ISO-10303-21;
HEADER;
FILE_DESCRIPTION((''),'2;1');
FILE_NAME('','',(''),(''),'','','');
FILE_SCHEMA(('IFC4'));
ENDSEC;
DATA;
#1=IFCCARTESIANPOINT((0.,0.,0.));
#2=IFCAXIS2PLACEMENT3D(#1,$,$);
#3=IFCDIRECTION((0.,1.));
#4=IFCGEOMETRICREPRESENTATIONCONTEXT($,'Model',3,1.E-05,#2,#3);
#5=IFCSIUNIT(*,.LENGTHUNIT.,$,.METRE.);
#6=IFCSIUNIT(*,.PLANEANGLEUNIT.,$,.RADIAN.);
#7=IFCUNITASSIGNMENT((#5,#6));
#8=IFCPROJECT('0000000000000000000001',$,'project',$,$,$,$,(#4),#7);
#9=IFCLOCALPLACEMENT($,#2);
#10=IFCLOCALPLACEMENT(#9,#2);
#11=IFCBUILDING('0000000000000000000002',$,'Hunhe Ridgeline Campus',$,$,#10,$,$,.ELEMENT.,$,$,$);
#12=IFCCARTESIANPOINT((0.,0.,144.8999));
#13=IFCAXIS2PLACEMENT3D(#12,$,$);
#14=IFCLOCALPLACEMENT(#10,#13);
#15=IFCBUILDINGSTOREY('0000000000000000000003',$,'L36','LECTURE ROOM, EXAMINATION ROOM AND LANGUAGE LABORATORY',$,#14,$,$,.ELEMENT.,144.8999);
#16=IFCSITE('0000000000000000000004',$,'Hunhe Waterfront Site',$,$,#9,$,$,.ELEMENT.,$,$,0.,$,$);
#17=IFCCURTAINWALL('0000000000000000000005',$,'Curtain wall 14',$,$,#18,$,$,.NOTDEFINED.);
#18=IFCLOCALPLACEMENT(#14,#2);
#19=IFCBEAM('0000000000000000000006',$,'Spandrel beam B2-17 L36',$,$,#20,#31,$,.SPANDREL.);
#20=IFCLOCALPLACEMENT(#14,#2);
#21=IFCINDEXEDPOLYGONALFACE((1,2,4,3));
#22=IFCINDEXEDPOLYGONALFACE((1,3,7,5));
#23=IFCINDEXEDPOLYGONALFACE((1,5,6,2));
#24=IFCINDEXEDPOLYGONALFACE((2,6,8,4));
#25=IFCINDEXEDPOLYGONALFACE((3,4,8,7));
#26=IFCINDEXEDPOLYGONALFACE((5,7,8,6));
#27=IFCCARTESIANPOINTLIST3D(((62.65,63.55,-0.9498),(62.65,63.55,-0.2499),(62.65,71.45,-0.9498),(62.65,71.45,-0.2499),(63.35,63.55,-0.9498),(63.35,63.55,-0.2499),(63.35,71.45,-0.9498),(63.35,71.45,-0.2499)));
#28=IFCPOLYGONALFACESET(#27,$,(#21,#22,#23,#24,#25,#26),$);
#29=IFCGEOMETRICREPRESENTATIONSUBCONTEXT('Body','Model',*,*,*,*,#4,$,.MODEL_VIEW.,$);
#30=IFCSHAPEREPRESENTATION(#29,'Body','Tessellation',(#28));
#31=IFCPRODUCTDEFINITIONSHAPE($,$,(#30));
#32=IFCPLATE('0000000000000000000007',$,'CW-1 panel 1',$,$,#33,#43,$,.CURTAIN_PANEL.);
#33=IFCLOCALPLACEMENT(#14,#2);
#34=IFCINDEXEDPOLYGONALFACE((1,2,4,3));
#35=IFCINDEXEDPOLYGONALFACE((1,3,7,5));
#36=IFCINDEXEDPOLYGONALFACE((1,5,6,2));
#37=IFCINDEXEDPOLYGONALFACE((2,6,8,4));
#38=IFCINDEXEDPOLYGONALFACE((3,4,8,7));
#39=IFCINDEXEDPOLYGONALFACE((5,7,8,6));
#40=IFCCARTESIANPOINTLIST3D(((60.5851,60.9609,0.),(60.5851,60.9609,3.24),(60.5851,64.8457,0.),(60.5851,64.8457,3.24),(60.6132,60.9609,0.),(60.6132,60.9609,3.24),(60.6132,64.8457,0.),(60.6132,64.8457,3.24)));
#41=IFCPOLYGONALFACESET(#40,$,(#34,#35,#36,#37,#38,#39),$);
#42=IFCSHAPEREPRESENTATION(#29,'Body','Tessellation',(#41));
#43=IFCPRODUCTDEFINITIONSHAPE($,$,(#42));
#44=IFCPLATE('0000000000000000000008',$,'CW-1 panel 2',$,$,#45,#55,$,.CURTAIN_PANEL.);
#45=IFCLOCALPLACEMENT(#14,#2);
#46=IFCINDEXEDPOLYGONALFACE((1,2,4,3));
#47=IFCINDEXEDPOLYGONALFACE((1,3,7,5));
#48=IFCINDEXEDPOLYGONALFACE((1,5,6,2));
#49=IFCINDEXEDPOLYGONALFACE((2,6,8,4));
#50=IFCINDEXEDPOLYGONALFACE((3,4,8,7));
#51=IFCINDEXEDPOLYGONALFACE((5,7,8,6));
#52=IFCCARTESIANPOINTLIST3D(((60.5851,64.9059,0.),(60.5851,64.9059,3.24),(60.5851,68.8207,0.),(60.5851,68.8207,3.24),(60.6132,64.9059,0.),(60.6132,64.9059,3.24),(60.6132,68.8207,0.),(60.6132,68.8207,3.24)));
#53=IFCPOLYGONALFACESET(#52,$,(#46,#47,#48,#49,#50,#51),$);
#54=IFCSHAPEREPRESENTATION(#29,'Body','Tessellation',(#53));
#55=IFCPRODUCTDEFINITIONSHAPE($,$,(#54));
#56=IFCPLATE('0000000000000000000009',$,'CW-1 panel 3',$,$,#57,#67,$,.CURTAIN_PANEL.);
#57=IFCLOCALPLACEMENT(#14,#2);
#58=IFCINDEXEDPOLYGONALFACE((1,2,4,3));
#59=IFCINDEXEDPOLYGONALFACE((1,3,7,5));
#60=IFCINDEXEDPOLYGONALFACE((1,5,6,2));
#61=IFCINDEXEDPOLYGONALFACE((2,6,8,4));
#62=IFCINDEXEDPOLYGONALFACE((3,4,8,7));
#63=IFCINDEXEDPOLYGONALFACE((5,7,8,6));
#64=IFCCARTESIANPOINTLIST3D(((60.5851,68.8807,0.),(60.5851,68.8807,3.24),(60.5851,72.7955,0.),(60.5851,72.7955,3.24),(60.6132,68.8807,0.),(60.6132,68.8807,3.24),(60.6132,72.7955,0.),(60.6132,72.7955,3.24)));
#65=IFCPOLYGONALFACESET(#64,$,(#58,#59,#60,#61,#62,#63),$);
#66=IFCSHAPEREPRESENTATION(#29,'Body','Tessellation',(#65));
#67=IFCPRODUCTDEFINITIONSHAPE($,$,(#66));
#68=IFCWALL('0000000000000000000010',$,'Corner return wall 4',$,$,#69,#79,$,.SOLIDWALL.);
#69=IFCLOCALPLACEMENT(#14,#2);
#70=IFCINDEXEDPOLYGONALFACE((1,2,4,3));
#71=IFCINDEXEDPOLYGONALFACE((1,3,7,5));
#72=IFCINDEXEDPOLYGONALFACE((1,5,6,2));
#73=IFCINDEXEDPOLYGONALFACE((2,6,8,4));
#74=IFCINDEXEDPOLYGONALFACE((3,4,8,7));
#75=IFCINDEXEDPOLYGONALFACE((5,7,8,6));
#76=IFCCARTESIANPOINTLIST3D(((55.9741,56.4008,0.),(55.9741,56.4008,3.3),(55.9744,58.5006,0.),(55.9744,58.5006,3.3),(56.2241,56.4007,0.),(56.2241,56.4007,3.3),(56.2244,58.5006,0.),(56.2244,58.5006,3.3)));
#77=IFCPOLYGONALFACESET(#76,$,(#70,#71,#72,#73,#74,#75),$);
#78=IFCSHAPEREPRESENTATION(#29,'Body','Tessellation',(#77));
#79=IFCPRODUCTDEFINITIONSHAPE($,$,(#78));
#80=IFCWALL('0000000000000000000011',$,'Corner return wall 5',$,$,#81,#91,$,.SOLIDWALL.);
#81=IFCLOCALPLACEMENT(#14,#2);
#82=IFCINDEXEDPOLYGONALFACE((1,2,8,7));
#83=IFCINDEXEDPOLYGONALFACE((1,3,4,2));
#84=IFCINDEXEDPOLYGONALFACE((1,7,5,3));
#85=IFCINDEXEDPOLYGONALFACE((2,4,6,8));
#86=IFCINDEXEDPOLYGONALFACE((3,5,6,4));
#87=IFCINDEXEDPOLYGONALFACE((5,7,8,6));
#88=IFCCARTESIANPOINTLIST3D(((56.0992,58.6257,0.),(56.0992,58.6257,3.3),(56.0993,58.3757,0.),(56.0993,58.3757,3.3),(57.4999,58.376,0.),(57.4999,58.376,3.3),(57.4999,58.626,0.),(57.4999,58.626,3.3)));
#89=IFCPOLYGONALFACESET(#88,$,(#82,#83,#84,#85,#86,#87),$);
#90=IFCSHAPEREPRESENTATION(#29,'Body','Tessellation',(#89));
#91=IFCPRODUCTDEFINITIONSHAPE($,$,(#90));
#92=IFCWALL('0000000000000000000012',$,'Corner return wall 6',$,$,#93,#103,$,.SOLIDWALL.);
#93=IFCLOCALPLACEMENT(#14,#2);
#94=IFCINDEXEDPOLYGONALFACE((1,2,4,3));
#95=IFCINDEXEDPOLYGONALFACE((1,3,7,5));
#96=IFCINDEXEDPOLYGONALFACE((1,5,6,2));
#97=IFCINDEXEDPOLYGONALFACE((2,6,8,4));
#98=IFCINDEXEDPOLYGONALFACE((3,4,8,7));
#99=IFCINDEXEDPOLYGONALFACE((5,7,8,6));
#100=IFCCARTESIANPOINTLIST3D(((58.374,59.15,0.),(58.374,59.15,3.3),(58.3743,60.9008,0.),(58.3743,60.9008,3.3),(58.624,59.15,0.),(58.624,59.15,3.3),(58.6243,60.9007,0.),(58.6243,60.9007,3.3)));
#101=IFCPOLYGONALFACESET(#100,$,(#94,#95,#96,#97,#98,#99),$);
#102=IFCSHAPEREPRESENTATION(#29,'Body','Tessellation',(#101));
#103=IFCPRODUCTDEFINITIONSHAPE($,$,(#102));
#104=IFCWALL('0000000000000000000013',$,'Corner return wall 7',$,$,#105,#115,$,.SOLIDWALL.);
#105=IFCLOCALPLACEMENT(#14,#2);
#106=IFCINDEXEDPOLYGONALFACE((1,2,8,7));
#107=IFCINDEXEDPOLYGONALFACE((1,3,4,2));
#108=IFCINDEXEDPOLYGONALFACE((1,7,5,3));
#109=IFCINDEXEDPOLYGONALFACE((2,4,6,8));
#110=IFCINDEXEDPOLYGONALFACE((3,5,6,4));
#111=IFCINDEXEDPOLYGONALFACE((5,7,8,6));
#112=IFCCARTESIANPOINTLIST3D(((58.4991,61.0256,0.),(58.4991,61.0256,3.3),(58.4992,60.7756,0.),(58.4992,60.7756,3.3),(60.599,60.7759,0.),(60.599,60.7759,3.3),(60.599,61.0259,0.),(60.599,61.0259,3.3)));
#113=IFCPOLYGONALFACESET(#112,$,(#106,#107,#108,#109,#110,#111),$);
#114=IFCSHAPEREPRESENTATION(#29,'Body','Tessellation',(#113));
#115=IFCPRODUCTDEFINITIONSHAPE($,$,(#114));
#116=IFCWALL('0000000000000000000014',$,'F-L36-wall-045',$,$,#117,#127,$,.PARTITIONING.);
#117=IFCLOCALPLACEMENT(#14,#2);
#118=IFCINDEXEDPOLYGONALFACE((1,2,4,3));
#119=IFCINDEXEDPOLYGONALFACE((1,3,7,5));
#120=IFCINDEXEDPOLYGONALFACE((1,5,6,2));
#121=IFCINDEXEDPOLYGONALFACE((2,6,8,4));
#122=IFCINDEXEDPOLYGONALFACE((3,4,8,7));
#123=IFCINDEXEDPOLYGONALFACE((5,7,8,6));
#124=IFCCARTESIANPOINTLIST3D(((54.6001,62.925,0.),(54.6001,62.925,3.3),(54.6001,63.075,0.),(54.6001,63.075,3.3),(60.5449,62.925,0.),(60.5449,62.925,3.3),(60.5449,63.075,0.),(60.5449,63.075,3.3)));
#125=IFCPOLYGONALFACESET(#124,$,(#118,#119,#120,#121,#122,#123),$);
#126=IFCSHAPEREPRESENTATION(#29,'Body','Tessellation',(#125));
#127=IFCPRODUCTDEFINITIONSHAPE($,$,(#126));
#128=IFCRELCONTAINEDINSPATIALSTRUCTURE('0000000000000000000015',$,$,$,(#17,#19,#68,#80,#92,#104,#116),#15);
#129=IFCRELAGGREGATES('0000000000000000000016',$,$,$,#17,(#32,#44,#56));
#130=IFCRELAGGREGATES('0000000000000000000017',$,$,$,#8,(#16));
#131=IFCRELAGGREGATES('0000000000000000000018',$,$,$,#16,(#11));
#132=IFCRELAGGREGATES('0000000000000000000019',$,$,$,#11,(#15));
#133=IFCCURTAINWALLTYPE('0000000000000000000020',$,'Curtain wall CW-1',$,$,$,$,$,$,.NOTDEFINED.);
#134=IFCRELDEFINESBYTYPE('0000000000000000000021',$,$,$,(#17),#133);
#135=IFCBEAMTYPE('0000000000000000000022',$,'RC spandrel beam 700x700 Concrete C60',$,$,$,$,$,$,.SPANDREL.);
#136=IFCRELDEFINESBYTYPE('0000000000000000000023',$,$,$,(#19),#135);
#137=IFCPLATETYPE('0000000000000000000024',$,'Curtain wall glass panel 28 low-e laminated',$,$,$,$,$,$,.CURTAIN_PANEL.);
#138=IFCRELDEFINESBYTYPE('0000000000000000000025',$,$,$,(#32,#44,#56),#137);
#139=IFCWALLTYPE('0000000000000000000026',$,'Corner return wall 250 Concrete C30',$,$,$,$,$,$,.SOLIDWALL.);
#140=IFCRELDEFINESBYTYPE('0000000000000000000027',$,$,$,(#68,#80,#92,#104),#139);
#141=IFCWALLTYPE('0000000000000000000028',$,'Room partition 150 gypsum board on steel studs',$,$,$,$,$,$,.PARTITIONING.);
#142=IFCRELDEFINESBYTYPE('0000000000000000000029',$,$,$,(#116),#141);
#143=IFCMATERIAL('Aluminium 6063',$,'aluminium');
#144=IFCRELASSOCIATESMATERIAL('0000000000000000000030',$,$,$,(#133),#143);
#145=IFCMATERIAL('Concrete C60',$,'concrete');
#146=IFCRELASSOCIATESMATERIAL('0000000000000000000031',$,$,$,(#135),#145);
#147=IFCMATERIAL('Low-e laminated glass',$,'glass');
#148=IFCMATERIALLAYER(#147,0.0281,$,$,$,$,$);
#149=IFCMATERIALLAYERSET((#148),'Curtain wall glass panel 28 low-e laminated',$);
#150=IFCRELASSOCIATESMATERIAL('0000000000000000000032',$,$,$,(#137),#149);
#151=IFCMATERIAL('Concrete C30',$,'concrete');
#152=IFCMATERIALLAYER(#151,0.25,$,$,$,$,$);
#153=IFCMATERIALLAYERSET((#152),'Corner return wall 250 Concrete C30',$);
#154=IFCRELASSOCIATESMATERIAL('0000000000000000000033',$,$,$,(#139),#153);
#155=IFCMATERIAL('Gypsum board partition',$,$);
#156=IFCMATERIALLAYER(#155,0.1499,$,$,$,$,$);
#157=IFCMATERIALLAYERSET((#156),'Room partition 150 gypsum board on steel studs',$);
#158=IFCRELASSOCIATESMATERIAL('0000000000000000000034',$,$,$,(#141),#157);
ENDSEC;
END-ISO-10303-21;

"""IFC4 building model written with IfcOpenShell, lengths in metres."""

from ifc_helpers import new_model, si_unit, direction, frame, frame_2d, origin, origin_2d, place, context, subcontext, project, spatial, rectangle, extrude, material, layer, layer_set, material_profile, profile_set, type_object, element, aggregate, save


model = new_model("IFC4")

# Units and contexts
model_context = context("Model", 3, precision=1e-05, world=origin(), true_north=direction((0.0, 1.0)))
body_context = subcontext(model_context, "Body", "Model", "MODEL_VIEW")
ifc_project = project(units=[si_unit("LENGTHUNIT", "METRE"), si_unit("PLANEANGLEUNIT", "RADIAN")], contexts=[model_context])

# Site, building, storey
site_placement = place(None, origin())
site = spatial("IfcSite", under=ifc_project, at=site_placement, Name="Hunhe Waterfront Site", CompositionType="ELEMENT", RefElevation=0.0)
building_placement = place(site_placement, origin())
building = spatial("IfcBuilding", under=site, at=building_placement, Name="Hunhe Ridgeline Campus", CompositionType="ELEMENT")
storey_placement = place(building_placement, frame((0.0, 0.0, 144.8999)))
storey = spatial("IfcBuildingStorey", under=building, at=storey_placement, Name="L36", Description="LECTURE ROOM, EXAMINATION ROOM AND LANGUAGE LABORATORY", CompositionType="ELEMENT", Elevation=144.8999)

# Shared definitions
ifc_material_1 = material(Name="Aluminium 6063", Category="aluminium")
curtain_wall_type = type_object("IfcCurtainWallType", Name="Curtain wall CW-1", PredefinedType="NOTDEFINED", material=ifc_material_1)

# Curtain wall
curtain_wall_1_placement = place(storey_placement, origin())
curtain_wall_1 = element("IfcCurtainWall", 1, at=curtain_wall_1_placement, inside=storey, type_object=curtain_wall_type, Name="Curtain wall 14", PredefinedType="NOTDEFINED")

# Beam
ifc_material_2 = material(Name="Concrete C60", Category="concrete")
ifc_material_profile_1 = material_profile(ifc_material_2, rectangle(XDim=0.7, YDim=0.7, at=origin_2d()))
ifc_profile_set_1 = profile_set([ifc_material_profile_1], Name="Concrete C60")
beam_type = type_object("IfcBeamType", Name="RC spandrel beam 700x700 Concrete C60", PredefinedType="SPANDREL", material=ifc_profile_set_1)
beam_1_placement = place(storey_placement, frame((63.0, 63.55, -0.5999), z_axis=(0.0, 1.0, 0.0), x_axis=(-1.0, 0.0, 0.0)))
element("IfcBeam", 2, at=beam_1_placement, inside=storey, type_object=beam_type, Name="Spandrel beam B2-17 L36", PredefinedType="SPANDREL", context=body_context, shape_type="SweptSolid", body=[
    extrude(rectangle(XDim=0.7, YDim=0.7, at=origin_2d()), origin(), (0.0, 0.0, 1.0), 7.8999),
])

# Plates
ifc_material_3 = material(Name="Low-e laminated glass", Category="glass")
ifc_layer_1 = layer(ifc_material_3, 0.0281)
ifc_layer_set_1 = layer_set([ifc_layer_1], Name="Curtain wall glass panel 28 low-e laminated")
plate_type = type_object("IfcPlateType", Name="Curtain wall glass panel 28 low-e laminated", PredefinedType="CURTAIN_PANEL", material=ifc_layer_set_1)
plate_1_placement = place(storey_placement, frame((60.5991, 62.9033, 0.0), z_axis=(0.0, 0.0, 1.0), x_axis=(0.0, 1.0, 0.0)))
plate_1 = element("IfcPlate", 3, at=plate_1_placement, type_object=plate_type, Name="CW-1 panel 1", PredefinedType="CURTAIN_PANEL", context=body_context, shape_type="SweptSolid", body=[
    extrude(rectangle(XDim=3.8848, YDim=0.0281, at=origin_2d()), origin(), (0.0, 0.0, 1.0), 3.24),
])
plate_2_placement = place(storey_placement, frame((60.5991, 66.8633, 0.0), z_axis=(0.0, 0.0, 1.0), x_axis=(0.0, 1.0, 0.0)))
plate_2 = element("IfcPlate", 4, at=plate_2_placement, type_object=plate_type, Name="CW-1 panel 2", PredefinedType="CURTAIN_PANEL", context=body_context, shape_type="SweptSolid", body=[
    extrude(rectangle(XDim=3.9148, YDim=0.0281, at=origin_2d()), origin(), (0.0, 0.0, 1.0), 3.24),
])
plate_3_placement = place(storey_placement, frame((60.5991, 70.8381, 0.0), z_axis=(0.0, 0.0, 1.0), x_axis=(0.0, 1.0, 0.0)))
plate_3 = element("IfcPlate", 5, at=plate_3_placement, type_object=plate_type, Name="CW-1 panel 3", PredefinedType="CURTAIN_PANEL", context=body_context, shape_type="SweptSolid", body=[
    extrude(rectangle(XDim=3.9148, YDim=0.0281, at=origin_2d()), origin(), (0.0, 0.0, 1.0), 3.24),
])
aggregate(curtain_wall_1, [plate_1, plate_2, plate_3])

# Walls
ifc_material_4 = material(Name="Concrete C30", Category="concrete")
ifc_layer_2 = layer(ifc_material_4, 0.25)
ifc_layer_set_2 = layer_set([ifc_layer_2], Name="Corner return wall 250 Concrete C30")
wall_type_1 = type_object("IfcWallType", Name="Corner return wall 250 Concrete C30", PredefinedType="SOLIDWALL", material=ifc_layer_set_2)
wall_1_placement = place(storey_placement, frame((56.0991, 56.4009, 0.0), z_axis=(0.0, 0.0, 1.0), x_axis=(0.000116, 1.0, 0.0)))
element("IfcWall", 6, at=wall_1_placement, inside=storey, type_object=wall_type_1, Name="Corner return wall 4", PredefinedType="SOLIDWALL", context=body_context, shape_type="SweptSolid", body=[
    extrude(rectangle(XDim=2.0999, YDim=0.25, at=frame_2d((1.0498, 0.0))), origin(), (0.0, 0.0, 1.0), 3.3),
])
wall_2_placement = place(storey_placement, frame((56.0994, 58.5007, 0.0), z_axis=(0.0, 0.0, 1.0), x_axis=(1.0, 0.000174, 0.0)))
element("IfcWall", 7, at=wall_2_placement, inside=storey, type_object=wall_type_1, Name="Corner return wall 5", PredefinedType="SOLIDWALL", context=body_context, shape_type="SweptSolid", body=[
    extrude(rectangle(XDim=1.4006, YDim=0.25, at=frame_2d((0.7002, 0.0))), origin(), (0.0, 0.0, 1.0), 3.3),
])
wall_3_placement = place(storey_placement, frame((58.499, 59.1499, 0.0), z_axis=(0.0, 0.0, 1.0), x_axis=(0.000139, 1.0, 0.0)))
element("IfcWall", 8, at=wall_3_placement, inside=storey, type_object=wall_type_1, Name="Corner return wall 6", PredefinedType="SOLIDWALL", context=body_context, shape_type="SweptSolid", body=[
    extrude(rectangle(XDim=1.7507, YDim=0.25, at=frame_2d((0.8755, 0.0))), origin(), (0.0, 0.0, 1.0), 3.3),
])
wall_4_placement = place(storey_placement, frame((58.4993, 60.9006, 0.0), z_axis=(0.0, 0.0, 1.0), x_axis=(1.0, 0.000116, 0.0)))
element("IfcWall", 9, at=wall_4_placement, inside=storey, type_object=wall_type_1, Name="Corner return wall 7", PredefinedType="SOLIDWALL", context=body_context, shape_type="SweptSolid", body=[
    extrude(rectangle(XDim=2.0999, YDim=0.25, at=frame_2d((1.0498, 0.0))), origin(), (0.0, 0.0, 1.0), 3.3),
])
ifc_material_5 = material(Name="Gypsum board partition")
ifc_layer_3 = layer(ifc_material_5, 0.1499)
ifc_layer_set_3 = layer_set([ifc_layer_3], Name="Room partition 150 gypsum board on steel studs")
wall_type_2 = type_object("IfcWallType", Name="Room partition 150 gypsum board on steel studs", PredefinedType="PARTITIONING", material=ifc_layer_set_3)
wall_5_placement = place(storey_placement, frame((54.6001, 63.0, 0.0), z_axis=(0.0, 0.0, 1.0), x_axis=(1.0, 0.0, 0.0)))
element("IfcWall", 10, at=wall_5_placement, inside=storey, type_object=wall_type_2, Name="F-L36-wall-045", PredefinedType="PARTITIONING", context=body_context, shape_type="SweptSolid", body=[
    extrude(rectangle(XDim=5.9448, YDim=0.1499, at=frame_2d((2.9724, 0.0))), origin(), (0.0, 0.0, 1.0), 3.3),
])

save(model, "model.ifc")
